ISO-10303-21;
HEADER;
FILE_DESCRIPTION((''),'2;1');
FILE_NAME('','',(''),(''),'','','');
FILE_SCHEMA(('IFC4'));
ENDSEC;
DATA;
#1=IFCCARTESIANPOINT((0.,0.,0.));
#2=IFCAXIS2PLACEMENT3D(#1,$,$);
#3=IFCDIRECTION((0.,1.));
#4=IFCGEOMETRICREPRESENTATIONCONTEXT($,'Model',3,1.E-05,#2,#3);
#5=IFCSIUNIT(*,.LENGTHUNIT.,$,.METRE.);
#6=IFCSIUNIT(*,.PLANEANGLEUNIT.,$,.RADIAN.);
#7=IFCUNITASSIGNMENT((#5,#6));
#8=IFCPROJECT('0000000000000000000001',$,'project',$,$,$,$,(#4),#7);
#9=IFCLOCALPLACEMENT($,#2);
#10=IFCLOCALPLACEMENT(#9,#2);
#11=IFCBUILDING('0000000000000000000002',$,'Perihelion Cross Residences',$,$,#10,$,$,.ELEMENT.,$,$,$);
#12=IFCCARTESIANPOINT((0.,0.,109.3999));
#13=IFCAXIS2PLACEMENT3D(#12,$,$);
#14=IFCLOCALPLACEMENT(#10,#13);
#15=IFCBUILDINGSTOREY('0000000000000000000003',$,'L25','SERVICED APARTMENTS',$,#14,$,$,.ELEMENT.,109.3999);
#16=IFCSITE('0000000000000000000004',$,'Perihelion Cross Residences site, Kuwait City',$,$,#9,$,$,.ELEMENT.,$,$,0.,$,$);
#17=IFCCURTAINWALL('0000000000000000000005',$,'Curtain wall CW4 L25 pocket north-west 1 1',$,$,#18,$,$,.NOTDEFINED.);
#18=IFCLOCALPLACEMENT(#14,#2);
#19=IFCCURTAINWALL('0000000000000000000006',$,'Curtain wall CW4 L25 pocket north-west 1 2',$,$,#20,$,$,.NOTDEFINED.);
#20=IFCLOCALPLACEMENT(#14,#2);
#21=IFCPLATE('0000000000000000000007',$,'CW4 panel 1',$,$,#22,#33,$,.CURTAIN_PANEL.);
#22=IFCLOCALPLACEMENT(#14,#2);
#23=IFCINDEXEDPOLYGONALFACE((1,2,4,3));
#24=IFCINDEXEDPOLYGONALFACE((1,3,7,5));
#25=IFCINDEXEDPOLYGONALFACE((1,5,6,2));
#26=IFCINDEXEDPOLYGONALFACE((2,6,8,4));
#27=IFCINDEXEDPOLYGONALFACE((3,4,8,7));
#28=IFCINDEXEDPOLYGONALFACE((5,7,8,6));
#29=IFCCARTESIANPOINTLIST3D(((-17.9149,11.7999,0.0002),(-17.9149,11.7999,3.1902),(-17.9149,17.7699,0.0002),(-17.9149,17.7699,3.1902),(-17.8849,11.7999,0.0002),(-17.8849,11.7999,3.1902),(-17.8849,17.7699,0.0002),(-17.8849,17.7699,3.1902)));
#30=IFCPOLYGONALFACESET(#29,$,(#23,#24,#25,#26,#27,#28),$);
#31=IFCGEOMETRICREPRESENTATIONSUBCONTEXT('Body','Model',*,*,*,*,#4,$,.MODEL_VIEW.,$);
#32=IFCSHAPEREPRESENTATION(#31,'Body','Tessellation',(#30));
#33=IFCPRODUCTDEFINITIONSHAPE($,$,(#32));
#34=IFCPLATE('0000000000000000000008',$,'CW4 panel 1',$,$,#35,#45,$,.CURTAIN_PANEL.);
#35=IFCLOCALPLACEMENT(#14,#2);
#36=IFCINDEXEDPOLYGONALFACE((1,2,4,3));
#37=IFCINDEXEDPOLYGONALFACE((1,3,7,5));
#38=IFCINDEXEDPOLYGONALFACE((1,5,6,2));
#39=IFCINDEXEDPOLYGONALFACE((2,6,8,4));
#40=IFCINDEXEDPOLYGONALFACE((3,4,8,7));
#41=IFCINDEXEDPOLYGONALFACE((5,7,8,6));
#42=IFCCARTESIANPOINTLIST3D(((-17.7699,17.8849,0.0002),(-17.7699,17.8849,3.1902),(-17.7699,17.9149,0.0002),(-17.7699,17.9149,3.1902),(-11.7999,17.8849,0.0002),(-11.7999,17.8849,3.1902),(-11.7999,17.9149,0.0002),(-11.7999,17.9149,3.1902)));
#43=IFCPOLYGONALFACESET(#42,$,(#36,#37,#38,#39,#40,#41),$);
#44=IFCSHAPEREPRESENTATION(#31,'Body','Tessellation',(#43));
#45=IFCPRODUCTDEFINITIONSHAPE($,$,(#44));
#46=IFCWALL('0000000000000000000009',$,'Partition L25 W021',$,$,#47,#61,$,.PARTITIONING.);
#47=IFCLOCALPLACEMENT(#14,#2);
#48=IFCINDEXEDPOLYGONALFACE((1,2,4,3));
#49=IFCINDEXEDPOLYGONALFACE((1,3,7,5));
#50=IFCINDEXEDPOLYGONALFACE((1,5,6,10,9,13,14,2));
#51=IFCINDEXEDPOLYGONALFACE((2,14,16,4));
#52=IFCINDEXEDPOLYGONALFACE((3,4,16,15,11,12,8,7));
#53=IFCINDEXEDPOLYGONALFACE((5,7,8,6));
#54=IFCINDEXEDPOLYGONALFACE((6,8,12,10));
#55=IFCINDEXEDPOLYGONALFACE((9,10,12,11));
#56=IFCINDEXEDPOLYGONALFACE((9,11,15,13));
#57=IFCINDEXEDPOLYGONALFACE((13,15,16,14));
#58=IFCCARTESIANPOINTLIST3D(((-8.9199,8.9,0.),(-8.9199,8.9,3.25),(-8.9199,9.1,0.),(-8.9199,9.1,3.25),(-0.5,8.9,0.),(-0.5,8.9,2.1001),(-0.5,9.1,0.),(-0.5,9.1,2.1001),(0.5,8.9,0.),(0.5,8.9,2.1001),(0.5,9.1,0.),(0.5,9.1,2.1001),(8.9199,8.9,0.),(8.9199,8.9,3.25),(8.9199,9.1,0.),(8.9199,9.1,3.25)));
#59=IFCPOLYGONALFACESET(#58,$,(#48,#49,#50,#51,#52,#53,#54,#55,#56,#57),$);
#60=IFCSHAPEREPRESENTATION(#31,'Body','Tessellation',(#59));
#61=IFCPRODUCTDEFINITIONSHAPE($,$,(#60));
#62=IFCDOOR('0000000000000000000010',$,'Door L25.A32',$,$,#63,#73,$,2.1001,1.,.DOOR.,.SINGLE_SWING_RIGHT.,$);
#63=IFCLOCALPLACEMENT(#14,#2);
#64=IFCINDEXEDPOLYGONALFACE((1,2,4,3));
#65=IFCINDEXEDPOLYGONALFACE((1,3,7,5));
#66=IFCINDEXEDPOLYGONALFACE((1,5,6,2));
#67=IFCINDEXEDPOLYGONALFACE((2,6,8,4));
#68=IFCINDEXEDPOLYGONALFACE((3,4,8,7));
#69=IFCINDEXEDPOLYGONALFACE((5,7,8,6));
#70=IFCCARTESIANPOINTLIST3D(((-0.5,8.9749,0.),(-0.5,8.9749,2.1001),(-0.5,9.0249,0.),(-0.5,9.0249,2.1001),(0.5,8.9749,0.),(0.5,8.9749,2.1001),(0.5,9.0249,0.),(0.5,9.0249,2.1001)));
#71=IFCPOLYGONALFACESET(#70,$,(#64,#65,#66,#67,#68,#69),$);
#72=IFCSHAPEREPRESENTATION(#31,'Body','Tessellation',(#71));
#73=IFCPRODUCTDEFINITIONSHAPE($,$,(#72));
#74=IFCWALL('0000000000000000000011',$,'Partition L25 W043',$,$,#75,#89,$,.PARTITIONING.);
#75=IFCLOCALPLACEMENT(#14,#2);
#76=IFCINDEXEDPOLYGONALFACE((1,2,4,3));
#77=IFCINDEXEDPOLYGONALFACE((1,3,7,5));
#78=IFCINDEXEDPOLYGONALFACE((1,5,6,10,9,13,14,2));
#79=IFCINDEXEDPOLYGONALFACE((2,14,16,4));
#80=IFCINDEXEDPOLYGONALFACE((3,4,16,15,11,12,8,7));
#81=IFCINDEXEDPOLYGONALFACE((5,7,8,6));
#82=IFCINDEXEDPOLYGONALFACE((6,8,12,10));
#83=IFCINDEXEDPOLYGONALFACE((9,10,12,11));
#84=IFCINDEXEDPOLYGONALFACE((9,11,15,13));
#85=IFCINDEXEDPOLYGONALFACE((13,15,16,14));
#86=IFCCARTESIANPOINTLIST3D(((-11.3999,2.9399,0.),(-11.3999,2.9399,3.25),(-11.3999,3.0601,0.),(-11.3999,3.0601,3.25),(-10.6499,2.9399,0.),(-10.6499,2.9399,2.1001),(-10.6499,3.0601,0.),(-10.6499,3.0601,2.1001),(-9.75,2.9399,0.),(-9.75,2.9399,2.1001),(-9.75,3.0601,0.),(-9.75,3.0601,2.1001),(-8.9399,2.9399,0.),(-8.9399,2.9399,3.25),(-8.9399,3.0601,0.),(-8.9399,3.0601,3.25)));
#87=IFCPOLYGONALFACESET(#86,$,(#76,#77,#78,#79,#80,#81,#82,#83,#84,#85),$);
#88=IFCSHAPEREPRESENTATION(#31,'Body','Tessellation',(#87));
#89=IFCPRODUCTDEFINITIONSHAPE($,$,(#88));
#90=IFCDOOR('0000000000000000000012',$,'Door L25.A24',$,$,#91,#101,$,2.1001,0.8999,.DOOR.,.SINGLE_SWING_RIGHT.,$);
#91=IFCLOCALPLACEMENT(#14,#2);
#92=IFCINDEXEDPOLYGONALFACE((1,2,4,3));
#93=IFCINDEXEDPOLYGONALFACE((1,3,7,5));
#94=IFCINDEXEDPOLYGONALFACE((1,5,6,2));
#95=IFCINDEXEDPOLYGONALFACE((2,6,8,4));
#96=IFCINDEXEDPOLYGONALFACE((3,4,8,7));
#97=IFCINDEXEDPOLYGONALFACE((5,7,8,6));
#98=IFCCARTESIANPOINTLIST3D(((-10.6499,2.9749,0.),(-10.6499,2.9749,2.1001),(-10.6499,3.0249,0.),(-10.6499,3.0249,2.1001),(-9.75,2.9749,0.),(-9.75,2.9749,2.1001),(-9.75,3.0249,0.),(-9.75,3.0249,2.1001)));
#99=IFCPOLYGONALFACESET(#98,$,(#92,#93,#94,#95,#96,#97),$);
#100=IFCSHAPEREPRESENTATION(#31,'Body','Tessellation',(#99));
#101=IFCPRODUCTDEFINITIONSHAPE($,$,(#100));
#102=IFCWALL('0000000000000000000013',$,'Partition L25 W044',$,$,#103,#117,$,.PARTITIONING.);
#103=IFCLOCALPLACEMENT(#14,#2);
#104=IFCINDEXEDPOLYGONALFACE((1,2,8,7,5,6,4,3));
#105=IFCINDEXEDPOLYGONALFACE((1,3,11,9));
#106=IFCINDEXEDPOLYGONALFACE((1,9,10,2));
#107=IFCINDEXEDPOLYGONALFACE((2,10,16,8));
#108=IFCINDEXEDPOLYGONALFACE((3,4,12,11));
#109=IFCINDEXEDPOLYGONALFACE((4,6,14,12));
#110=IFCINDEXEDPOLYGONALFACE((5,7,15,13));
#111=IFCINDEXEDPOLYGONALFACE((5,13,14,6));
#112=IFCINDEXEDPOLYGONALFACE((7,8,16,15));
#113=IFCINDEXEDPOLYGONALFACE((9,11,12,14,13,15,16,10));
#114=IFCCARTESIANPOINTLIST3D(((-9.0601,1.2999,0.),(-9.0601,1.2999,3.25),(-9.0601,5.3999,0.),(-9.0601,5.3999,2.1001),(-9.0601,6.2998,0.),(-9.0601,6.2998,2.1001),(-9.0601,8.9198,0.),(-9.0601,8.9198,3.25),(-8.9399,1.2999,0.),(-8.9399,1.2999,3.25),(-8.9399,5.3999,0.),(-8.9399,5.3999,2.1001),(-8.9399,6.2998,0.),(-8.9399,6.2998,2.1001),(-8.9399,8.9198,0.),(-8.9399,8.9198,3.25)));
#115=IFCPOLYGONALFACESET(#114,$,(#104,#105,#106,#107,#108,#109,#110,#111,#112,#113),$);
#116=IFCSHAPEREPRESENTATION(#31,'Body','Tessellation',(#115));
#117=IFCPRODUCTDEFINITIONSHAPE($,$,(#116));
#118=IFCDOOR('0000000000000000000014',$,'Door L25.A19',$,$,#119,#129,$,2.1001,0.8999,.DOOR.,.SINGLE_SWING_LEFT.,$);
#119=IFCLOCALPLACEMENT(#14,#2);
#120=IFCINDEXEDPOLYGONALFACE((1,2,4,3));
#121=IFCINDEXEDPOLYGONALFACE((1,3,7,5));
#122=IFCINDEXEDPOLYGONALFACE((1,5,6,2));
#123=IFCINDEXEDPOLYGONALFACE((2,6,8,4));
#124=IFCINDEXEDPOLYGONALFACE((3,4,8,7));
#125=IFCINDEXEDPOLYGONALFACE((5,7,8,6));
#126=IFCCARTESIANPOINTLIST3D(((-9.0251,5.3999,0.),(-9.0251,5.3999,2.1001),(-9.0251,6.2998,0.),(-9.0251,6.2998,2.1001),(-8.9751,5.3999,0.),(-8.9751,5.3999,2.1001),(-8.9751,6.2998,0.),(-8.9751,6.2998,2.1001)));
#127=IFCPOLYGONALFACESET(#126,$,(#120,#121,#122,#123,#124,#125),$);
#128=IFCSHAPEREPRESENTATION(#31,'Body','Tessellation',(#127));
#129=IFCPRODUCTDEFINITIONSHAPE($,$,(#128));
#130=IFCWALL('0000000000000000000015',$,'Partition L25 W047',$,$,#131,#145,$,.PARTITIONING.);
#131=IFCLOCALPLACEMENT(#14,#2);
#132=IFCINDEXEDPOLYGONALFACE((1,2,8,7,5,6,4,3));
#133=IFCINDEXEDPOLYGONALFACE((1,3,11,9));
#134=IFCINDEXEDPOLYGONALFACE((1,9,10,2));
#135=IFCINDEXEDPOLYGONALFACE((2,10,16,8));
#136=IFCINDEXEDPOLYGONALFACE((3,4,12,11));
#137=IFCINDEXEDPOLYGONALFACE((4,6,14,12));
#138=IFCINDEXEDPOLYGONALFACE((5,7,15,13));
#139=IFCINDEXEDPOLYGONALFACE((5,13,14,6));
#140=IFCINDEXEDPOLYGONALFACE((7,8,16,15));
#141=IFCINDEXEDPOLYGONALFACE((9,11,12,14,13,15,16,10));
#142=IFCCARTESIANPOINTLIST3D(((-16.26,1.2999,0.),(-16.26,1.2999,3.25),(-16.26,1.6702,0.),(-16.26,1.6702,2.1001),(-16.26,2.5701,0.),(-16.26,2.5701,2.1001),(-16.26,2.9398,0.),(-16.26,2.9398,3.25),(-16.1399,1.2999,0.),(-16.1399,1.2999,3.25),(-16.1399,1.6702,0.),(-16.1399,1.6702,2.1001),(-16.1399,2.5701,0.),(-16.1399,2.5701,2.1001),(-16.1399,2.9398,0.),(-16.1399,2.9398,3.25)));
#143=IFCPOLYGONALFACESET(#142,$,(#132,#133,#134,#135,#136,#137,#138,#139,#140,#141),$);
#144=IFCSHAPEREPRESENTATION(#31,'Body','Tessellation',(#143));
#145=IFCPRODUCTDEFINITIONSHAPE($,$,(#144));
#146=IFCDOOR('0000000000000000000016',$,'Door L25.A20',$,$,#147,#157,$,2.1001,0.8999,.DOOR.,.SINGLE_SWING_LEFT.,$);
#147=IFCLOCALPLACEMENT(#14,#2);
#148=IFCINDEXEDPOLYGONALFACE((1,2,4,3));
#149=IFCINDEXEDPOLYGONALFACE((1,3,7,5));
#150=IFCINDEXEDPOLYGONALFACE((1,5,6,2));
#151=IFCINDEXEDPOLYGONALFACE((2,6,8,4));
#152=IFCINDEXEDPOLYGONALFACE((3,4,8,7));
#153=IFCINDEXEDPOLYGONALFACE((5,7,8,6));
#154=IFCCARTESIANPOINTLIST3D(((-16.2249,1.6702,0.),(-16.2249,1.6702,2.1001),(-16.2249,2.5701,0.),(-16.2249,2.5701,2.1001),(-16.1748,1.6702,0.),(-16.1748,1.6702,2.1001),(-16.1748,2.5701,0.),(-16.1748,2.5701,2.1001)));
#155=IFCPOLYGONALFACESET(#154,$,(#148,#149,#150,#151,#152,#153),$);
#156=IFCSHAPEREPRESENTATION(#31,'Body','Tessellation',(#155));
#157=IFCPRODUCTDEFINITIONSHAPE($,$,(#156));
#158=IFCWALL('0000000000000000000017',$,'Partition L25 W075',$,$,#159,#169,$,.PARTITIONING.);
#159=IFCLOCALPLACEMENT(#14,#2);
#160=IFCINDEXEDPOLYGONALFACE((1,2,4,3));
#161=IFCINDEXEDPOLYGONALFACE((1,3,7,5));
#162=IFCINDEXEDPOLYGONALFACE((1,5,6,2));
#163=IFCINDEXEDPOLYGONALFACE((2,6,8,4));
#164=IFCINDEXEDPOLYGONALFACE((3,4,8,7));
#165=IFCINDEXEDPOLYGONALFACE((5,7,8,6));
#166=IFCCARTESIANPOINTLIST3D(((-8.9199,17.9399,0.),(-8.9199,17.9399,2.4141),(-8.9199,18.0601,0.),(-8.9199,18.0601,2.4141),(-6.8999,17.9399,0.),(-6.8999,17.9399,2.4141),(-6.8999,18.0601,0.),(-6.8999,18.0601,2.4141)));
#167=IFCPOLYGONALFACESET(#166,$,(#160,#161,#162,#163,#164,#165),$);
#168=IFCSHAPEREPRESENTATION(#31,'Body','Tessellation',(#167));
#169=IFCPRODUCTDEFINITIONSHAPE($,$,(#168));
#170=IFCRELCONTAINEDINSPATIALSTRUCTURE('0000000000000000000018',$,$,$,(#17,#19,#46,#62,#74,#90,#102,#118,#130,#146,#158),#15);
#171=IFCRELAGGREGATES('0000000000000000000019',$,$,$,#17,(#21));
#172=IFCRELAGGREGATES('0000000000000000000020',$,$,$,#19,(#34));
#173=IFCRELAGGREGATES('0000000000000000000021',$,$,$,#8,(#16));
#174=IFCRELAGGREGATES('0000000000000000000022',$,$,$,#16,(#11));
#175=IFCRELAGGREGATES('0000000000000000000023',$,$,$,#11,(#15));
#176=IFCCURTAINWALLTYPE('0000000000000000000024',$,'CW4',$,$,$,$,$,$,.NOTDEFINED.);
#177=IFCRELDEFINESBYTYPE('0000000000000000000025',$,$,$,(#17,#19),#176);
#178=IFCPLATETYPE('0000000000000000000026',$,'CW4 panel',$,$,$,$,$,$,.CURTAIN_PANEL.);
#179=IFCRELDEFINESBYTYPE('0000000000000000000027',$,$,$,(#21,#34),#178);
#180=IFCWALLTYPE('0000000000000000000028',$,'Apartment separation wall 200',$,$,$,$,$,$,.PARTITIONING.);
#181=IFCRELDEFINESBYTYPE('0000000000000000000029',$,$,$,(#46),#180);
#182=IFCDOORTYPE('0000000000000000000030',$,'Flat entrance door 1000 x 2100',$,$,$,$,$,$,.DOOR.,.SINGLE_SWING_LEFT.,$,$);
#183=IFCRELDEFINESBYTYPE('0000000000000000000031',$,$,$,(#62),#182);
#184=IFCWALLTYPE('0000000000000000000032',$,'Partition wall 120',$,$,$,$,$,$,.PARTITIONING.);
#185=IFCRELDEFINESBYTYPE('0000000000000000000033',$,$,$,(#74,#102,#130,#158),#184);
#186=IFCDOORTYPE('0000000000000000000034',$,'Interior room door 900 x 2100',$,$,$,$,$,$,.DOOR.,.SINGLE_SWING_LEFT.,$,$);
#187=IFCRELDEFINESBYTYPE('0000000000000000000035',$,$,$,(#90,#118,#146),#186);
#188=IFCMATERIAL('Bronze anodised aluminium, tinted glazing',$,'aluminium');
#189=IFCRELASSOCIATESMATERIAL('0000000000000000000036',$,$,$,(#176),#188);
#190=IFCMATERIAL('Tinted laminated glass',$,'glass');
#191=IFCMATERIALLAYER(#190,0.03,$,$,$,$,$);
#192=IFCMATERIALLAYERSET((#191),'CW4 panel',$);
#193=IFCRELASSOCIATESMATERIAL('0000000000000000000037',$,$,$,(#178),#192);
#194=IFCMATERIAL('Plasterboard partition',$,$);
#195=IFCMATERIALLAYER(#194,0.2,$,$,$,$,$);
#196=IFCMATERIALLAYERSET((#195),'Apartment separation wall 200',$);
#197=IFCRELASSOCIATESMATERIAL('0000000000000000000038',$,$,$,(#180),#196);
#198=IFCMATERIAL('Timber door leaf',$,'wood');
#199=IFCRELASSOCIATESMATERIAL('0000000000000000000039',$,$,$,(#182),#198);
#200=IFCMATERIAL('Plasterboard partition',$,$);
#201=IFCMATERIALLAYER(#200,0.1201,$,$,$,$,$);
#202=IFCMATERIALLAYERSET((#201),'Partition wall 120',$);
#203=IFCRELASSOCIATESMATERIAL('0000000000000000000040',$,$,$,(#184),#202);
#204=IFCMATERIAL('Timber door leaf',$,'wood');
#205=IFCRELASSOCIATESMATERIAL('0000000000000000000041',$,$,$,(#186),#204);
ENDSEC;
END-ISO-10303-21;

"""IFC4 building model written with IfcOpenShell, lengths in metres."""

from ifc_helpers import new_model, si_unit, direction, frame, frame_2d, origin, origin_2d, place, context, subcontext, project, spatial, rectangle, extrude, material, layer, layer_set, type_object, element, fill, aggregate, save


model = new_model("IFC4")

# Units and contexts
model_context = context("Model", 3, precision=1e-05, world=origin(), true_north=direction((0.0, 1.0)))
body_context = subcontext(model_context, "Body", "Model", "MODEL_VIEW")
ifc_project = project(units=[si_unit("LENGTHUNIT", "METRE"), si_unit("PLANEANGLEUNIT", "RADIAN")], contexts=[model_context])

# Site, building, storey
site_placement = place(None, origin())
site = spatial("IfcSite", under=ifc_project, at=site_placement, Name="Perihelion Cross Residences site, Kuwait City", CompositionType="ELEMENT", RefElevation=0.0)
building_placement = place(site_placement, origin())
building = spatial("IfcBuilding", under=site, at=building_placement, Name="Perihelion Cross Residences", CompositionType="ELEMENT")
storey_placement = place(building_placement, frame((0.0, 0.0, 109.3999)))
storey = spatial("IfcBuildingStorey", under=building, at=storey_placement, Name="L25", Description="SERVICED APARTMENTS", CompositionType="ELEMENT", Elevation=109.3999)

# Curtain wall
ifc_material_1 = material(Name="Bronze anodised aluminium, tinted glazing", Category="aluminium")
curtain_wall_type_1 = type_object("IfcCurtainWallType", Name="CW4", PredefinedType="NOTDEFINED", material=ifc_material_1)
curtain_wall_1_placement = place(storey_placement, origin())
curtain_wall_1 = element("IfcCurtainWall", 1, at=curtain_wall_1_placement, inside=storey, type_object=curtain_wall_type_1, Name="Curtain wall CW4 L25 pocket north-west 1 1", PredefinedType="NOTDEFINED")

# Curtain wall
curtain_wall_2_placement = place(storey_placement, origin())
curtain_wall_2 = element("IfcCurtainWall", 2, at=curtain_wall_2_placement, inside=storey, type_object=curtain_wall_type_1, Name="Curtain wall CW4 L25 pocket north-west 1 2", PredefinedType="NOTDEFINED")

# Plates
ifc_material_2 = material(Name="Tinted laminated glass", Category="glass")
ifc_layer_1 = layer(ifc_material_2, 0.03)
ifc_layer_set_1 = layer_set([ifc_layer_1], Name="CW4 panel")
plate_type_1 = type_object("IfcPlateType", Name="CW4 panel", PredefinedType="CURTAIN_PANEL", material=ifc_layer_set_1)
plate_1_placement = place(storey_placement, frame((-17.8999, 14.7849, 0.0002), z_axis=(0.0, 0.0, 1.0), x_axis=(0.0, 1.0, 0.0)))
plate_1 = element("IfcPlate", 3, at=plate_1_placement, type_object=plate_type_1, Name="CW4 panel 1", PredefinedType="CURTAIN_PANEL", context=body_context, shape_type="SweptSolid", body=[
    extrude(rectangle(XDim=5.97, YDim=0.03, at=origin_2d()), origin(), (0.0, 0.0, 1.0), 3.1899),
])
aggregate(curtain_wall_1, [plate_1])
plate_2_placement = place(storey_placement, frame((-14.7849, 17.8999, 0.0002), z_axis=(0.0, 0.0, 1.0), x_axis=(1.0, 0.0, 0.0)))
plate_2 = element("IfcPlate", 4, at=plate_2_placement, type_object=plate_type_1, Name="CW4 panel 1", PredefinedType="CURTAIN_PANEL", context=body_context, shape_type="SweptSolid", body=[
    extrude(rectangle(XDim=5.97, YDim=0.03, at=origin_2d()), origin(), (0.0, 0.0, 1.0), 3.1899),
])
aggregate(curtain_wall_2, [plate_2])

# Walls, openings, doors
ifc_material_3 = material(Name="Plasterboard partition")
ifc_layer_2 = layer(ifc_material_3, 0.2)
ifc_layer_set_2 = layer_set([ifc_layer_2], Name="Apartment separation wall 200")
wall_type_1 = type_object("IfcWallType", Name="Apartment separation wall 200", PredefinedType="PARTITIONING", material=ifc_layer_set_2)
wall_1_placement = place(storey_placement, frame((-8.9199, 9.0, 0.0), z_axis=(0.0, 0.0, 1.0), x_axis=(1.0, 0.0, 0.0)))
wall_1 = element("IfcWall", 5, at=wall_1_placement, inside=storey, type_object=wall_type_1, Name="Partition L25 W021", PredefinedType="PARTITIONING", context=body_context, shape_type="SweptSolid", body=[
    extrude(rectangle(XDim=17.8398, YDim=0.2, at=frame_2d((8.9199, 0.0))), origin(), (0.0, 0.0, 1.0), 3.25),
])
opening_1_placement = place(wall_1_placement, frame((8.4199, 0.0, 0.0)))
opening_1 = element("IfcOpeningElement", 6, at=opening_1_placement, cuts=wall_1, PredefinedType="OPENING", context=body_context, shape_type="SweptSolid", body=[
    extrude(rectangle(XDim=1.0, YDim=2.1001, at=frame_2d((0.5, 1.05))), frame((0.0, 0.1099, 0.0), z_axis=(0.0, -1.0, 0.0), x_axis=(1.0, 0.0, 0.0)), (0.0, 0.0, 1.0), 0.22),
])
ifc_material_4 = material(Name="Timber door leaf", Category="wood")
door_type_1 = type_object("IfcDoorType", Name="Flat entrance door 1000 x 2100", OperationType="SINGLE_SWING_LEFT", PredefinedType="DOOR", material=ifc_material_4)
door_1_placement = place(opening_1_placement, origin())
door_1 = element("IfcDoor", 7, at=door_1_placement, inside=storey, type_object=door_type_1, Name="Door L25.A32", OperationType="SINGLE_SWING_RIGHT", OverallHeight=2.1001, OverallWidth=1.0, PredefinedType="DOOR", context=body_context, shape_type="SweptSolid", body=[
    extrude(rectangle(XDim=1.0, YDim=2.1001, at=frame_2d((0.5, 1.05))), frame((0.0, 0.0249, 0.0), z_axis=(0.0, -1.0, 0.0), x_axis=(1.0, 0.0, 0.0)), (0.0, 0.0, 1.0), 0.05),
])
fill(opening_1, door_1)
ifc_material_5 = material(Name="Plasterboard partition")
ifc_layer_3 = layer(ifc_material_5, 0.1201)
ifc_layer_set_3 = layer_set([ifc_layer_3], Name="Partition wall 120")
wall_type_2 = type_object("IfcWallType", Name="Partition wall 120", PredefinedType="PARTITIONING", material=ifc_layer_set_3)
wall_2_placement = place(storey_placement, frame((-11.3999, 3.0, 0.0), z_axis=(0.0, 0.0, 1.0), x_axis=(1.0, 0.0, 0.0)))
wall_2 = element("IfcWall", 8, at=wall_2_placement, inside=storey, type_object=wall_type_2, Name="Partition L25 W043", PredefinedType="PARTITIONING", context=body_context, shape_type="SweptSolid", body=[
    extrude(rectangle(XDim=2.46, YDim=0.1201, at=frame_2d((1.23, 0.0))), origin(), (0.0, 0.0, 1.0), 3.25),
])
opening_2_placement = place(wall_2_placement, frame((0.75, 0.0, 0.0)))
opening_2 = element("IfcOpeningElement", 9, at=opening_2_placement, cuts=wall_2, PredefinedType="OPENING", context=body_context, shape_type="SweptSolid", body=[
    extrude(rectangle(XDim=0.8999, YDim=2.1001, at=frame_2d((0.45, 1.05))), frame((0.0, 0.0701, 0.0), z_axis=(0.0, -1.0, 0.0), x_axis=(1.0, 0.0, 0.0)), (0.0, 0.0, 1.0), 0.1401),
])
ifc_material_6 = material(Name="Timber door leaf", Category="wood")
door_type_2 = type_object("IfcDoorType", Name="Interior room door 900 x 2100", OperationType="SINGLE_SWING_LEFT", PredefinedType="DOOR", material=ifc_material_6)
door_2_placement = place(opening_2_placement, origin())
door_2 = element("IfcDoor", 10, at=door_2_placement, inside=storey, type_object=door_type_2, Name="Door L25.A24", OperationType="SINGLE_SWING_RIGHT", OverallHeight=2.1001, OverallWidth=0.8999, PredefinedType="DOOR", context=body_context, shape_type="SweptSolid", body=[
    extrude(rectangle(XDim=0.8999, YDim=2.1001, at=frame_2d((0.45, 1.05))), frame((0.0, 0.0249, 0.0), z_axis=(0.0, -1.0, 0.0), x_axis=(1.0, 0.0, 0.0)), (0.0, 0.0, 1.0), 0.05),
])
fill(opening_2, door_2)
wall_3_placement = place(storey_placement, frame((-9.0, 8.9199, 0.0), z_axis=(0.0, 0.0, 1.0), x_axis=(0.0, -1.0, 0.0)))
wall_3 = element("IfcWall", 11, at=wall_3_placement, inside=storey, type_object=wall_type_2, Name="Partition L25 W044", PredefinedType="PARTITIONING", context=body_context, shape_type="SweptSolid", body=[
    extrude(rectangle(XDim=7.6199, YDim=0.1201, at=frame_2d((3.8101, 0.0))), origin(), (0.0, 0.0, 1.0), 3.25),
])
opening_3_placement = place(wall_3_placement, frame((2.6201, 0.0, 0.0)))
opening_3 = element("IfcOpeningElement", 12, at=opening_3_placement, cuts=wall_3, PredefinedType="OPENING", context=body_context, shape_type="SweptSolid", body=[
    extrude(rectangle(XDim=0.8999, YDim=2.1001, at=frame_2d((0.45, 1.05))), frame((0.0, 0.0701, 0.0), z_axis=(0.0, -1.0, 0.0), x_axis=(1.0, 0.0, 0.0)), (0.0, 0.0, 1.0), 0.1401),
])
door_3_placement = place(opening_3_placement, origin())
door_3 = element("IfcDoor", 13, at=door_3_placement, inside=storey, type_object=door_type_2, Name="Door L25.A19", OperationType="SINGLE_SWING_LEFT", OverallHeight=2.1001, OverallWidth=0.8999, PredefinedType="DOOR", context=body_context, shape_type="SweptSolid", body=[
    extrude(rectangle(XDim=0.8999, YDim=2.1001, at=frame_2d((0.45, 1.05))), frame((0.0, 0.0249, 0.0), z_axis=(0.0, -1.0, 0.0), x_axis=(1.0, 0.0, 0.0)), (0.0, 0.0, 1.0), 0.05),
])
fill(opening_3, door_3)
wall_4_placement = place(storey_placement, frame((-16.2, 1.3, 0.0), z_axis=(0.0, 0.0, 1.0), x_axis=(0.0, 1.0, 0.0)))
wall_4 = element("IfcWall", 14, at=wall_4_placement, inside=storey, type_object=wall_type_2, Name="Partition L25 W047", PredefinedType="PARTITIONING", context=body_context, shape_type="SweptSolid", body=[
    extrude(rectangle(XDim=1.6399, YDim=0.1201, at=frame_2d((0.8198, 0.0))), origin(), (0.0, 0.0, 1.0), 3.25),
])
opening_4_placement = place(wall_4_placement, frame((0.3701, 0.0, 0.0)))
opening_4 = element("IfcOpeningElement", 15, at=opening_4_placement, cuts=wall_4, PredefinedType="OPENING", context=body_context, shape_type="SweptSolid", body=[
    extrude(rectangle(XDim=0.8999, YDim=2.1001, at=frame_2d((0.45, 1.05))), frame((0.0, 0.0701, 0.0), z_axis=(0.0, -1.0, 0.0), x_axis=(1.0, 0.0, 0.0)), (0.0, 0.0, 1.0), 0.1401),
])
door_4_placement = place(opening_4_placement, origin())
door_4 = element("IfcDoor", 16, at=door_4_placement, inside=storey, type_object=door_type_2, Name="Door L25.A20", OperationType="SINGLE_SWING_LEFT", OverallHeight=2.1001, OverallWidth=0.8999, PredefinedType="DOOR", context=body_context, shape_type="SweptSolid", body=[
    extrude(rectangle(XDim=0.8999, YDim=2.1001, at=frame_2d((0.45, 1.05))), frame((0.0, 0.0249, 0.0), z_axis=(0.0, -1.0, 0.0), x_axis=(1.0, 0.0, 0.0)), (0.0, 0.0, 1.0), 0.05),
])
fill(opening_4, door_4)

# Wall
wall_5_placement = place(storey_placement, frame((-8.9199, 18.0, 0.0), z_axis=(0.0, 0.0, 1.0), x_axis=(1.0, 0.0, 0.0)))
element("IfcWall", 17, at=wall_5_placement, inside=storey, type_object=wall_type_2, Name="Partition L25 W075", PredefinedType="PARTITIONING", context=body_context, shape_type="SweptSolid", body=[
    extrude(rectangle(XDim=2.02, YDim=0.1201, at=frame_2d((1.01, 0.0))), origin(), (0.0, 0.0, 1.0), 2.4141),
])

save(model, "model.ifc")
